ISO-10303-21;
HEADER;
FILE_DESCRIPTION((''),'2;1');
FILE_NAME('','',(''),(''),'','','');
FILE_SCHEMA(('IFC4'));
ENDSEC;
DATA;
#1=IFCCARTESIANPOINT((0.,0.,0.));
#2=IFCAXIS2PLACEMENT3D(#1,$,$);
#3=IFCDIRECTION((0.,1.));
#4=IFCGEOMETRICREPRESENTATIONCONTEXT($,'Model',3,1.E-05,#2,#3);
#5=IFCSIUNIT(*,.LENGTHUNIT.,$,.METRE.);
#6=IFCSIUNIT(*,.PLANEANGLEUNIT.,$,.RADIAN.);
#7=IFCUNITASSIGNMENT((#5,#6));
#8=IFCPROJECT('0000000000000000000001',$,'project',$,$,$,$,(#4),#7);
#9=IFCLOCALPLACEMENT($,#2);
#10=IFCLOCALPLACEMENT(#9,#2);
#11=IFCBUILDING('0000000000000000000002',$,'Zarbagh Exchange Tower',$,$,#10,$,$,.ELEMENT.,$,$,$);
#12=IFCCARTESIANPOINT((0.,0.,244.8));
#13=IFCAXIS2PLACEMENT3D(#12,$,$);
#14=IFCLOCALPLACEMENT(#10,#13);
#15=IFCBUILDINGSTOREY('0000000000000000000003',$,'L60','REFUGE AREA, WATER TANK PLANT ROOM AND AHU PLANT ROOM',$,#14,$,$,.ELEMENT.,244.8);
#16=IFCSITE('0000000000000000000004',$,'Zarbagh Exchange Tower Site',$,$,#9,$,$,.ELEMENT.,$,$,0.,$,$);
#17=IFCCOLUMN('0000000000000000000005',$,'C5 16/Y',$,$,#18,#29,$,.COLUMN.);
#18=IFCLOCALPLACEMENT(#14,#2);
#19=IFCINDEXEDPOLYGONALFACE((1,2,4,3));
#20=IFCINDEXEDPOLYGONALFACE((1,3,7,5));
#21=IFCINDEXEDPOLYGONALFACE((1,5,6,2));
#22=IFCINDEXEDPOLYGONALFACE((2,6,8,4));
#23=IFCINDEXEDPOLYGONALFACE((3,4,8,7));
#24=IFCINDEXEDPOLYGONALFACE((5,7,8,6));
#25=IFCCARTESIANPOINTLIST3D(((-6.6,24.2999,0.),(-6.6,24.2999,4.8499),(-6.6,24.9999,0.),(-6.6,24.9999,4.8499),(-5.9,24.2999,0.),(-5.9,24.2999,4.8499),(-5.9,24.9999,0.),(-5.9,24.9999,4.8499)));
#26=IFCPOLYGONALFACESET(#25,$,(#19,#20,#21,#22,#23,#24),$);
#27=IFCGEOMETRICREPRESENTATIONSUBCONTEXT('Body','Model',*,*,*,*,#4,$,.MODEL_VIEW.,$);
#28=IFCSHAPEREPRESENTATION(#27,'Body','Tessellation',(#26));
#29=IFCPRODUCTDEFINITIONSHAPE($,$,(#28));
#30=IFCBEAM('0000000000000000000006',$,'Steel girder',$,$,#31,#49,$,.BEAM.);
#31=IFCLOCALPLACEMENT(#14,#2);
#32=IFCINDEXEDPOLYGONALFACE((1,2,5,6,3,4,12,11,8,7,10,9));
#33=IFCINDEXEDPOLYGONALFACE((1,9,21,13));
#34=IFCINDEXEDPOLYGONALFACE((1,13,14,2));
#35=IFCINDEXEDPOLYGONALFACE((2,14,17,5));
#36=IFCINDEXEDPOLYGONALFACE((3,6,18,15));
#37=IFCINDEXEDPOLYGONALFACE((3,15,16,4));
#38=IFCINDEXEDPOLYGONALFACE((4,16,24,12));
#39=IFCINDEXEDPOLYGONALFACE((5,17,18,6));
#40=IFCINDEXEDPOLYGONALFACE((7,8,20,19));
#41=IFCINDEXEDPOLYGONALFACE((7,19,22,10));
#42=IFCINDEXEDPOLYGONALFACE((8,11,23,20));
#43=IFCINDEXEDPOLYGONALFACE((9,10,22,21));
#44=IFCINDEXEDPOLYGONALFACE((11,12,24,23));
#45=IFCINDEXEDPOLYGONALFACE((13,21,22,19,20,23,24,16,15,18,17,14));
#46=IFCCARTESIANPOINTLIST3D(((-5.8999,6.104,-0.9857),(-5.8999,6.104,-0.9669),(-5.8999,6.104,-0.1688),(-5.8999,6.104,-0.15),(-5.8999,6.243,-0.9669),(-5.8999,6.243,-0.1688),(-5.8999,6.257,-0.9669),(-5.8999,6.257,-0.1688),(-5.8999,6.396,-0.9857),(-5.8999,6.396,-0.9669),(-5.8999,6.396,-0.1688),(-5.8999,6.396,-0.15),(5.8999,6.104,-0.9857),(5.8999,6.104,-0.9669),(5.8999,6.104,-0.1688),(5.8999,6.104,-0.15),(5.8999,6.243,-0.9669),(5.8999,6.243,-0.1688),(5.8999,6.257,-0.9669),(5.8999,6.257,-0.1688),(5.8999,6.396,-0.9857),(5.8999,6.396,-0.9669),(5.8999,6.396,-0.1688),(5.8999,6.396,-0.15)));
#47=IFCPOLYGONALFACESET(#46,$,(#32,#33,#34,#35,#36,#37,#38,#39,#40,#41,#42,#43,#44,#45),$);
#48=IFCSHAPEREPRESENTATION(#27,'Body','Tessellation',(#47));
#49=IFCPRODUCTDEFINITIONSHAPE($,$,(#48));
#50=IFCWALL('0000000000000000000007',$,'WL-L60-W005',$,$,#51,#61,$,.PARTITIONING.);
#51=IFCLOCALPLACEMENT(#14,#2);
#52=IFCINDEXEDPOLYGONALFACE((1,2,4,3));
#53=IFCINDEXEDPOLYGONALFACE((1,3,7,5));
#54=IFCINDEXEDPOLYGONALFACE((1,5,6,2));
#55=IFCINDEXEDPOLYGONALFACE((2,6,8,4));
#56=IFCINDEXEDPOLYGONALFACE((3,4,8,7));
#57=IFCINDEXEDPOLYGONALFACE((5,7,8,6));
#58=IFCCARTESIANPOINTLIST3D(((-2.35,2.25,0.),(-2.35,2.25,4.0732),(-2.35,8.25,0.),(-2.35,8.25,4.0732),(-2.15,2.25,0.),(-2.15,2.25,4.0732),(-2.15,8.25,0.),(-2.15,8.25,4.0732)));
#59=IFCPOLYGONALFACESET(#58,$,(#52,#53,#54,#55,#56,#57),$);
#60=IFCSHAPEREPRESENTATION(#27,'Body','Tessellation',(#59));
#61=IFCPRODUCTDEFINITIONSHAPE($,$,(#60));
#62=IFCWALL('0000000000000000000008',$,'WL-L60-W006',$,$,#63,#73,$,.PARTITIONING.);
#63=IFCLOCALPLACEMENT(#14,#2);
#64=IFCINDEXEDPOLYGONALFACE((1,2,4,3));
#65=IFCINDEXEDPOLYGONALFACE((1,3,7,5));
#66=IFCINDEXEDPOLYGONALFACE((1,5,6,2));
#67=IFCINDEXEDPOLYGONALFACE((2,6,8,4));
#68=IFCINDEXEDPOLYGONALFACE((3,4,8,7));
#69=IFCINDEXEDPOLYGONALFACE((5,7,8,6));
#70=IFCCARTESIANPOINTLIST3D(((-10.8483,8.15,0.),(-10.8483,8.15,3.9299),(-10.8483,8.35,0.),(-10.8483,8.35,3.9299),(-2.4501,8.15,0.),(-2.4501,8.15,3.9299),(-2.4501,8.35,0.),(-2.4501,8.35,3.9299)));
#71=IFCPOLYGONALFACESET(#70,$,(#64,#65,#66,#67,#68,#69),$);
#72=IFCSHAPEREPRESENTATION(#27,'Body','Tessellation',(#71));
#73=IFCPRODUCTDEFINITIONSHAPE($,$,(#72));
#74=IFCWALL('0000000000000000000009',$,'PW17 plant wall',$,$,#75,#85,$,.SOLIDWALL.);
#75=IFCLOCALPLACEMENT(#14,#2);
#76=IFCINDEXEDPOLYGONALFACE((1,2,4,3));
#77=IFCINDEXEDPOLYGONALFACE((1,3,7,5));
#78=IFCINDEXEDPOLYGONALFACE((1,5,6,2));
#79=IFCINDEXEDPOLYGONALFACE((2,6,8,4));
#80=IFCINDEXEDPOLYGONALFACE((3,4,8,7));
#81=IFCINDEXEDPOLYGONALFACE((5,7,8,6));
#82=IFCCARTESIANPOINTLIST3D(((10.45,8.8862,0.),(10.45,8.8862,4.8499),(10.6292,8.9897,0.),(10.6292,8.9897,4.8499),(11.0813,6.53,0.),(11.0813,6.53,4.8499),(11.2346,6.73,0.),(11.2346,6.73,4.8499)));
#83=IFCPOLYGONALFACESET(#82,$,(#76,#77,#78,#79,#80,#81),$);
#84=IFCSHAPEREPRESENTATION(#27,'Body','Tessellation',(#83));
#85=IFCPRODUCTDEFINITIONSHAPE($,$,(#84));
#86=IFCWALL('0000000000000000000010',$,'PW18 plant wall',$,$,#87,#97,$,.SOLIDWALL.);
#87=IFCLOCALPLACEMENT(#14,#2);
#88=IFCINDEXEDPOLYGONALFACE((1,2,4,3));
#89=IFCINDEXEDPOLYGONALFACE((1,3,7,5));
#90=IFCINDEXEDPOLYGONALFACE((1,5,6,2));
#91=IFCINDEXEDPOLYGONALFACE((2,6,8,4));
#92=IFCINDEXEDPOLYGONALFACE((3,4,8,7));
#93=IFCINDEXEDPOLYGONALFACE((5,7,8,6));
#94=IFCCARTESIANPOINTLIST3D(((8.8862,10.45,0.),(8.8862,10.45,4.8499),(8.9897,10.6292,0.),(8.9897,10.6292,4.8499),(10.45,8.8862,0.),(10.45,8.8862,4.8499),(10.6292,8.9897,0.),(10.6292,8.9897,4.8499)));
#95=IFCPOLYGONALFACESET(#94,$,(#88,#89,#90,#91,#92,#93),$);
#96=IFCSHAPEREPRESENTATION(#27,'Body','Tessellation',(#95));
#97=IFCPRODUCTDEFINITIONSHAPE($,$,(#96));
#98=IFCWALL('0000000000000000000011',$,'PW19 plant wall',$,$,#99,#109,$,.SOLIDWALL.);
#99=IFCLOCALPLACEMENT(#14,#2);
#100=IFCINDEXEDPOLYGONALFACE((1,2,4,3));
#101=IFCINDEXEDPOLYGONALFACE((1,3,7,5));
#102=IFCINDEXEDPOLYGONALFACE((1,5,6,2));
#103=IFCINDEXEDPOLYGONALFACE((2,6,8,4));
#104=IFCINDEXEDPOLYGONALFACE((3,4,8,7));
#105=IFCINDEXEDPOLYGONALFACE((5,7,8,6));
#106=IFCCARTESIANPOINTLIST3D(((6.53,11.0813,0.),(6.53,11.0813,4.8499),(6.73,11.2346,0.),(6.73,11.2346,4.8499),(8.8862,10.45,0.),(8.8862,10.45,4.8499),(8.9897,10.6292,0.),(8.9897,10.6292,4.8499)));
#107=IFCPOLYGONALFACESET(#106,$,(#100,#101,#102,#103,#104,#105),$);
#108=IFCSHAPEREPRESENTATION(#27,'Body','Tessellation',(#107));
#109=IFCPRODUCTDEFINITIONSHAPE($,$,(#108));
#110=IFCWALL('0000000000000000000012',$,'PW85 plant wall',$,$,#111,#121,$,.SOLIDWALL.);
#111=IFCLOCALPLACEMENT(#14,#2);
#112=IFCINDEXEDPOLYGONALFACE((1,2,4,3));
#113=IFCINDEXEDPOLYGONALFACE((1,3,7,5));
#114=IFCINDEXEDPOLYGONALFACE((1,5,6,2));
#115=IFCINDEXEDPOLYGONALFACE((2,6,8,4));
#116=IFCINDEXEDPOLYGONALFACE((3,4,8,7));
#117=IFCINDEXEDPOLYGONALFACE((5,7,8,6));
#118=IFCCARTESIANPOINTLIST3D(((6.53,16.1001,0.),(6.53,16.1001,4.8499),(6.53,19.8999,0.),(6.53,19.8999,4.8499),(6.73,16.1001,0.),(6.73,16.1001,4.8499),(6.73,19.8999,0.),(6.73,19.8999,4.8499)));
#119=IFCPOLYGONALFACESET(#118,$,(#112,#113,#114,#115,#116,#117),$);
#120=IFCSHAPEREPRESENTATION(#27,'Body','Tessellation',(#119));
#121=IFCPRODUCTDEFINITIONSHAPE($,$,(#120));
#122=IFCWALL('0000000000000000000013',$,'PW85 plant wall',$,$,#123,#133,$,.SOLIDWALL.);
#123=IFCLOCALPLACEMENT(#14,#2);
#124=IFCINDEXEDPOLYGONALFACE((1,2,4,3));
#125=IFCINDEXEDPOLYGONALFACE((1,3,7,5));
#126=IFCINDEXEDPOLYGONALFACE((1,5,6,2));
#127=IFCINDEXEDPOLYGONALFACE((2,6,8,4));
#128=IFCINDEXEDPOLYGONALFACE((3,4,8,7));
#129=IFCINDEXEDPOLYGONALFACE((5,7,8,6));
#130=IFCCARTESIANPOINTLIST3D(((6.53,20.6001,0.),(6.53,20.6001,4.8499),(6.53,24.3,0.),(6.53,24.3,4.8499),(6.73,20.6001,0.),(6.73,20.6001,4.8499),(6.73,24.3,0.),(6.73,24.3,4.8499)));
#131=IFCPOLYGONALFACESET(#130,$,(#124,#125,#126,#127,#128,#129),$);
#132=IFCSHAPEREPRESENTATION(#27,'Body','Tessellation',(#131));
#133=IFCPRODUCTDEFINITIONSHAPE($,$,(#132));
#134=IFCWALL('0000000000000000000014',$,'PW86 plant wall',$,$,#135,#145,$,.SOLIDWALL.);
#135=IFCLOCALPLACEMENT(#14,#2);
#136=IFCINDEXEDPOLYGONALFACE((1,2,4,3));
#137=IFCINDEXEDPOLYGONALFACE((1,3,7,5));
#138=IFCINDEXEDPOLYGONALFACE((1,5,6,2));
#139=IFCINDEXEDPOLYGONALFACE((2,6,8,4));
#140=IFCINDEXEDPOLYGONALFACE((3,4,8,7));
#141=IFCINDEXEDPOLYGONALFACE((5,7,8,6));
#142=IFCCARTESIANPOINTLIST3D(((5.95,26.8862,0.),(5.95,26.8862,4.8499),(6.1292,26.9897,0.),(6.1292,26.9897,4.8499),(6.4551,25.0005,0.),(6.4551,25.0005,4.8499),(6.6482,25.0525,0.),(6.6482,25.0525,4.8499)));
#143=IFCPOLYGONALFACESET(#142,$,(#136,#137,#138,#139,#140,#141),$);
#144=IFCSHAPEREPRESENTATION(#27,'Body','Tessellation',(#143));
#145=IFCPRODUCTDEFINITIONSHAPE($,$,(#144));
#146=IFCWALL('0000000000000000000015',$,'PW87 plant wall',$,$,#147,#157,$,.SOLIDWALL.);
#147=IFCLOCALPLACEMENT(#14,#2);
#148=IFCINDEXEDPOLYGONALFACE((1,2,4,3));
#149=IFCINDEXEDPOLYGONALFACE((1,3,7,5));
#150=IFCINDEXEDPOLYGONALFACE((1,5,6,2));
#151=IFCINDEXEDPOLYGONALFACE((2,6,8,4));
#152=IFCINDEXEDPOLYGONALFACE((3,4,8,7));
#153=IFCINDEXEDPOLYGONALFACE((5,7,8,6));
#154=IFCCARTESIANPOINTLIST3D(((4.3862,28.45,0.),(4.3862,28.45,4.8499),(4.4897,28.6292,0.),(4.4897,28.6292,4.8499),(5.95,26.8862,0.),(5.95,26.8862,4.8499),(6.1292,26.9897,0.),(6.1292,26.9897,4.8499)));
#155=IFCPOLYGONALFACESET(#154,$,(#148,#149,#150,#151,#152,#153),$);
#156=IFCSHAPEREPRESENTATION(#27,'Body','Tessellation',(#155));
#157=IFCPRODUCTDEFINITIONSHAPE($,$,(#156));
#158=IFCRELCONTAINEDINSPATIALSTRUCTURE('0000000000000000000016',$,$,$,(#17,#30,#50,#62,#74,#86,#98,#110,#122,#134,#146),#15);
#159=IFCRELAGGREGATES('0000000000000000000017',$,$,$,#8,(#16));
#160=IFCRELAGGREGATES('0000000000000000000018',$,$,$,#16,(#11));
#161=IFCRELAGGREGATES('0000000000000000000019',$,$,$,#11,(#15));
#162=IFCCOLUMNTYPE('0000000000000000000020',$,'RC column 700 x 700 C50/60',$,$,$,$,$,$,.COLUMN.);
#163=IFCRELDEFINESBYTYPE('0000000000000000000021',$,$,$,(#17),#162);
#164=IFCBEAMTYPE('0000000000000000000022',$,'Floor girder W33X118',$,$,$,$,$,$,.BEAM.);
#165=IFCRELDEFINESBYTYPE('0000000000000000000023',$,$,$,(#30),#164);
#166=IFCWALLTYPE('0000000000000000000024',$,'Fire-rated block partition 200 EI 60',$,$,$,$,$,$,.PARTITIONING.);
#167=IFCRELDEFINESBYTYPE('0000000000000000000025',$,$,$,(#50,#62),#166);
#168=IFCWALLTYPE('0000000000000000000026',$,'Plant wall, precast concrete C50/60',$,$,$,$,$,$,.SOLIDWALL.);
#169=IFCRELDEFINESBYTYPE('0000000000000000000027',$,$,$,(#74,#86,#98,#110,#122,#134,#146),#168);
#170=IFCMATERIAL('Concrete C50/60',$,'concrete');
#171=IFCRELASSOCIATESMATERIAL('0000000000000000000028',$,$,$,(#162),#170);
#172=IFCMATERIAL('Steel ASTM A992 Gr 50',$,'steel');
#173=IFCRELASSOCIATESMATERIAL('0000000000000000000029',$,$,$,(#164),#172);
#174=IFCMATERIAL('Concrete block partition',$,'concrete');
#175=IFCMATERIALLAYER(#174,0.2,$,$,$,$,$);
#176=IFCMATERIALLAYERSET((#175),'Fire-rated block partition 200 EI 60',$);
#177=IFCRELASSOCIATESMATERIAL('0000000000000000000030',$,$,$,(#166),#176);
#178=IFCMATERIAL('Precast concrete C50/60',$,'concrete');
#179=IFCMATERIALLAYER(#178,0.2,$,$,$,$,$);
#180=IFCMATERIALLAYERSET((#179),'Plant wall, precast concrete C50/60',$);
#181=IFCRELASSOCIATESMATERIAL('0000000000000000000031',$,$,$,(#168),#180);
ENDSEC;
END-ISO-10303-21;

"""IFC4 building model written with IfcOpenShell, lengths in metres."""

from ifc_helpers import new_model, si_unit, direction, frame, frame_2d, origin, origin_2d, place, context, subcontext, project, spatial, polyline, rectangle, i_section, outline, extrude, material, layer, layer_set, material_profile, profile_set, type_object, element, save


model = new_model("IFC4")

# Units and contexts
model_context = context("Model", 3, precision=1e-05, world=origin(), true_north=direction((0.0, 1.0)))
body_context = subcontext(model_context, "Body", "Model", "MODEL_VIEW")
ifc_project = project(units=[si_unit("LENGTHUNIT", "METRE"), si_unit("PLANEANGLEUNIT", "RADIAN")], contexts=[model_context])

# Site, building, storey
site_placement = place(None, origin())
site = spatial("IfcSite", under=ifc_project, at=site_placement, Name="Zarbagh Exchange Tower Site", CompositionType="ELEMENT", RefElevation=0.0)
building_placement = place(site_placement, origin())
building = spatial("IfcBuilding", under=site, at=building_placement, Name="Zarbagh Exchange Tower", CompositionType="ELEMENT")
storey_placement = place(building_placement, frame((0.0, 0.0, 244.8)))
storey = spatial("IfcBuildingStorey", under=building, at=storey_placement, Name="L60", Description="REFUGE AREA, WATER TANK PLANT ROOM AND AHU PLANT ROOM", CompositionType="ELEMENT", Elevation=244.8)

# Column
ifc_material_1 = material(Name="Concrete C50/60", Category="concrete")
ifc_material_profile_1 = material_profile(ifc_material_1, rectangle(XDim=0.7, YDim=0.7, at=origin_2d()), Name="RC column 700 x 700 C50/60")
ifc_profile_set_1 = profile_set([ifc_material_profile_1], Name="Concrete C50/60")
column_type = type_object("IfcColumnType", Name="RC column 700 x 700 C50/60", PredefinedType="COLUMN", material=ifc_profile_set_1)
column_placement = place(storey_placement, frame((-6.25, 24.6499, 0.0), z_axis=(0.0, 0.0, 1.0), x_axis=(1.0, 0.0, 0.0)))
element("IfcColumn", 1, at=column_placement, inside=storey, type_object=column_type, Name="C5 16/Y", PredefinedType="COLUMN", context=body_context, shape_type="SweptSolid", body=[
    extrude(rectangle(XDim=0.7, YDim=0.7, at=origin_2d()), origin(), (0.0, 0.0, 1.0), 4.8499),
])

# Beam
ifc_material_2 = material(Name="Steel ASTM A992 Gr 50", Category="steel")
ifc_material_profile_2 = material_profile(ifc_material_2, i_section(OverallWidth=0.292, OverallDepth=0.8357, WebThickness=0.0139, FlangeThickness=0.0188, at=origin_2d()), Name="W33X118")
ifc_profile_set_2 = profile_set([ifc_material_profile_2], Name="Steel ASTM A992 Gr 50")
beam_type = type_object("IfcBeamType", Name="Floor girder W33X118", PredefinedType="BEAM", material=ifc_profile_set_2)
beam_placement = place(storey_placement, frame((-5.8999, 6.25, -0.5679), z_axis=(1.0, 0.0, 0.0), x_axis=(0.0, 1.0, 0.0)))
element("IfcBeam", 2, at=beam_placement, inside=storey, type_object=beam_type, Name="Steel girder", PredefinedType="BEAM", context=body_context, shape_type="SweptSolid", body=[
    extrude(i_section(OverallWidth=0.292, OverallDepth=0.8357, WebThickness=0.0139, FlangeThickness=0.0188, at=origin_2d()), origin(), (0.0, 0.0, 1.0), 11.7998),
])

# Walls
ifc_material_3 = material(Name="Concrete block partition", Category="concrete")
ifc_layer_1 = layer(ifc_material_3, 0.2)
ifc_layer_set_1 = layer_set([ifc_layer_1], Name="Fire-rated block partition 200 EI 60")
wall_type_1 = type_object("IfcWallType", Name="Fire-rated block partition 200 EI 60", PredefinedType="PARTITIONING", material=ifc_layer_set_1)
wall_1_placement = place(storey_placement, frame((-2.25, 2.25, 0.0), z_axis=(0.0, 0.0, 1.0), x_axis=(0.0, 1.0, 0.0)))
element("IfcWall", 3, at=wall_1_placement, inside=storey, type_object=wall_type_1, Name="WL-L60-W005", PredefinedType="PARTITIONING", context=body_context, shape_type="SweptSolid", body=[
    extrude(rectangle(XDim=6.0, YDim=0.2, at=frame_2d((3.0, 0.0))), origin(), (0.0, 0.0, 1.0), 4.0732),
])
wall_2_placement = place(storey_placement, frame((-2.45, 8.25, 0.0), z_axis=(0.0, 0.0, 1.0), x_axis=(-1.0, 0.0, 0.0)))
element("IfcWall", 4, at=wall_2_placement, inside=storey, type_object=wall_type_1, Name="WL-L60-W006", PredefinedType="PARTITIONING", context=body_context, shape_type="SweptSolid", body=[
    extrude(rectangle(XDim=8.3982, YDim=0.2, at=frame_2d((4.1992, 0.0))), origin(), (0.0, 0.0, 1.0), 3.9299),
])
ifc_material_4 = material(Name="Precast concrete C50/60", Category="concrete")
ifc_layer_2 = layer(ifc_material_4, 0.2)
ifc_layer_set_2 = layer_set([ifc_layer_2], Name="Plant wall, precast concrete C50/60")
wall_type_2 = type_object("IfcWallType", Name="Plant wall, precast concrete C50/60", PredefinedType="SOLIDWALL", material=ifc_layer_set_2)
wall_3_placement = place(storey_placement, origin())
element("IfcWall", 5, at=wall_3_placement, inside=storey, type_object=wall_type_2, Name="PW17 plant wall", PredefinedType="SOLIDWALL", context=body_context, shape_type="SweptSolid", body=[
    extrude(outline(polyline([(11.2346, 6.73), (10.6292, 8.9897), (10.45, 8.8862), (11.0813, 6.53), (11.2346, 6.73)])), origin(), (0.0, 0.0, 1.0), 4.8499),
])
wall_4_placement = place(storey_placement, origin())
element("IfcWall", 6, at=wall_4_placement, inside=storey, type_object=wall_type_2, Name="PW18 plant wall", PredefinedType="SOLIDWALL", context=body_context, shape_type="SweptSolid", body=[
    extrude(outline(polyline([(10.6292, 8.9897), (8.9897, 10.6292), (8.8862, 10.45), (10.45, 8.8862), (10.6292, 8.9897)])), origin(), (0.0, 0.0, 1.0), 4.8499),
])
wall_5_placement = place(storey_placement, origin())
element("IfcWall", 7, at=wall_5_placement, inside=storey, type_object=wall_type_2, Name="PW19 plant wall", PredefinedType="SOLIDWALL", context=body_context, shape_type="SweptSolid", body=[
    extrude(outline(polyline([(8.9897, 10.6292), (6.73, 11.2346), (6.53, 11.0813), (8.8862, 10.45), (8.9897, 10.6292)])), origin(), (0.0, 0.0, 1.0), 4.8499),
])
wall_6_placement = place(storey_placement, origin())
element("IfcWall", 8, at=wall_6_placement, inside=storey, type_object=wall_type_2, Name="PW85 plant wall", PredefinedType="SOLIDWALL", context=body_context, shape_type="SweptSolid", body=[
    extrude(outline(polyline([(6.73, 16.1001), (6.73, 19.8999), (6.53, 19.8999), (6.53, 16.1001), (6.73, 16.1001)])), origin(), (0.0, 0.0, 1.0), 4.8499),
])
wall_7_placement = place(storey_placement, origin())
element("IfcWall", 9, at=wall_7_placement, inside=storey, type_object=wall_type_2, Name="PW85 plant wall", PredefinedType="SOLIDWALL", context=body_context, shape_type="SweptSolid", body=[
    extrude(outline(polyline([(6.73, 20.6001), (6.73, 24.3), (6.53, 24.3), (6.53, 20.6001), (6.73, 20.6001)])), origin(), (0.0, 0.0, 1.0), 4.8499),
])
wall_8_placement = place(storey_placement, origin())
element("IfcWall", 10, at=wall_8_placement, inside=storey, type_object=wall_type_2, Name="PW86 plant wall", PredefinedType="SOLIDWALL", context=body_context, shape_type="SweptSolid", body=[
    extrude(outline(polyline([(6.6482, 25.0525), (6.1292, 26.9897), (5.95, 26.8862), (6.4551, 25.0005), (6.6482, 25.0525)])), origin(), (0.0, 0.0, 1.0), 4.8499),
])
wall_9_placement = place(storey_placement, origin())
element("IfcWall", 11, at=wall_9_placement, inside=storey, type_object=wall_type_2, Name="PW87 plant wall", PredefinedType="SOLIDWALL", context=body_context, shape_type="SweptSolid", body=[
    extrude(outline(polyline([(6.1292, 26.9897), (4.4897, 28.6292), (4.3862, 28.45), (5.95, 26.8862), (6.1292, 26.9897)])), origin(), (0.0, 0.0, 1.0), 4.8499),
])

save(model, "model.ifc")
